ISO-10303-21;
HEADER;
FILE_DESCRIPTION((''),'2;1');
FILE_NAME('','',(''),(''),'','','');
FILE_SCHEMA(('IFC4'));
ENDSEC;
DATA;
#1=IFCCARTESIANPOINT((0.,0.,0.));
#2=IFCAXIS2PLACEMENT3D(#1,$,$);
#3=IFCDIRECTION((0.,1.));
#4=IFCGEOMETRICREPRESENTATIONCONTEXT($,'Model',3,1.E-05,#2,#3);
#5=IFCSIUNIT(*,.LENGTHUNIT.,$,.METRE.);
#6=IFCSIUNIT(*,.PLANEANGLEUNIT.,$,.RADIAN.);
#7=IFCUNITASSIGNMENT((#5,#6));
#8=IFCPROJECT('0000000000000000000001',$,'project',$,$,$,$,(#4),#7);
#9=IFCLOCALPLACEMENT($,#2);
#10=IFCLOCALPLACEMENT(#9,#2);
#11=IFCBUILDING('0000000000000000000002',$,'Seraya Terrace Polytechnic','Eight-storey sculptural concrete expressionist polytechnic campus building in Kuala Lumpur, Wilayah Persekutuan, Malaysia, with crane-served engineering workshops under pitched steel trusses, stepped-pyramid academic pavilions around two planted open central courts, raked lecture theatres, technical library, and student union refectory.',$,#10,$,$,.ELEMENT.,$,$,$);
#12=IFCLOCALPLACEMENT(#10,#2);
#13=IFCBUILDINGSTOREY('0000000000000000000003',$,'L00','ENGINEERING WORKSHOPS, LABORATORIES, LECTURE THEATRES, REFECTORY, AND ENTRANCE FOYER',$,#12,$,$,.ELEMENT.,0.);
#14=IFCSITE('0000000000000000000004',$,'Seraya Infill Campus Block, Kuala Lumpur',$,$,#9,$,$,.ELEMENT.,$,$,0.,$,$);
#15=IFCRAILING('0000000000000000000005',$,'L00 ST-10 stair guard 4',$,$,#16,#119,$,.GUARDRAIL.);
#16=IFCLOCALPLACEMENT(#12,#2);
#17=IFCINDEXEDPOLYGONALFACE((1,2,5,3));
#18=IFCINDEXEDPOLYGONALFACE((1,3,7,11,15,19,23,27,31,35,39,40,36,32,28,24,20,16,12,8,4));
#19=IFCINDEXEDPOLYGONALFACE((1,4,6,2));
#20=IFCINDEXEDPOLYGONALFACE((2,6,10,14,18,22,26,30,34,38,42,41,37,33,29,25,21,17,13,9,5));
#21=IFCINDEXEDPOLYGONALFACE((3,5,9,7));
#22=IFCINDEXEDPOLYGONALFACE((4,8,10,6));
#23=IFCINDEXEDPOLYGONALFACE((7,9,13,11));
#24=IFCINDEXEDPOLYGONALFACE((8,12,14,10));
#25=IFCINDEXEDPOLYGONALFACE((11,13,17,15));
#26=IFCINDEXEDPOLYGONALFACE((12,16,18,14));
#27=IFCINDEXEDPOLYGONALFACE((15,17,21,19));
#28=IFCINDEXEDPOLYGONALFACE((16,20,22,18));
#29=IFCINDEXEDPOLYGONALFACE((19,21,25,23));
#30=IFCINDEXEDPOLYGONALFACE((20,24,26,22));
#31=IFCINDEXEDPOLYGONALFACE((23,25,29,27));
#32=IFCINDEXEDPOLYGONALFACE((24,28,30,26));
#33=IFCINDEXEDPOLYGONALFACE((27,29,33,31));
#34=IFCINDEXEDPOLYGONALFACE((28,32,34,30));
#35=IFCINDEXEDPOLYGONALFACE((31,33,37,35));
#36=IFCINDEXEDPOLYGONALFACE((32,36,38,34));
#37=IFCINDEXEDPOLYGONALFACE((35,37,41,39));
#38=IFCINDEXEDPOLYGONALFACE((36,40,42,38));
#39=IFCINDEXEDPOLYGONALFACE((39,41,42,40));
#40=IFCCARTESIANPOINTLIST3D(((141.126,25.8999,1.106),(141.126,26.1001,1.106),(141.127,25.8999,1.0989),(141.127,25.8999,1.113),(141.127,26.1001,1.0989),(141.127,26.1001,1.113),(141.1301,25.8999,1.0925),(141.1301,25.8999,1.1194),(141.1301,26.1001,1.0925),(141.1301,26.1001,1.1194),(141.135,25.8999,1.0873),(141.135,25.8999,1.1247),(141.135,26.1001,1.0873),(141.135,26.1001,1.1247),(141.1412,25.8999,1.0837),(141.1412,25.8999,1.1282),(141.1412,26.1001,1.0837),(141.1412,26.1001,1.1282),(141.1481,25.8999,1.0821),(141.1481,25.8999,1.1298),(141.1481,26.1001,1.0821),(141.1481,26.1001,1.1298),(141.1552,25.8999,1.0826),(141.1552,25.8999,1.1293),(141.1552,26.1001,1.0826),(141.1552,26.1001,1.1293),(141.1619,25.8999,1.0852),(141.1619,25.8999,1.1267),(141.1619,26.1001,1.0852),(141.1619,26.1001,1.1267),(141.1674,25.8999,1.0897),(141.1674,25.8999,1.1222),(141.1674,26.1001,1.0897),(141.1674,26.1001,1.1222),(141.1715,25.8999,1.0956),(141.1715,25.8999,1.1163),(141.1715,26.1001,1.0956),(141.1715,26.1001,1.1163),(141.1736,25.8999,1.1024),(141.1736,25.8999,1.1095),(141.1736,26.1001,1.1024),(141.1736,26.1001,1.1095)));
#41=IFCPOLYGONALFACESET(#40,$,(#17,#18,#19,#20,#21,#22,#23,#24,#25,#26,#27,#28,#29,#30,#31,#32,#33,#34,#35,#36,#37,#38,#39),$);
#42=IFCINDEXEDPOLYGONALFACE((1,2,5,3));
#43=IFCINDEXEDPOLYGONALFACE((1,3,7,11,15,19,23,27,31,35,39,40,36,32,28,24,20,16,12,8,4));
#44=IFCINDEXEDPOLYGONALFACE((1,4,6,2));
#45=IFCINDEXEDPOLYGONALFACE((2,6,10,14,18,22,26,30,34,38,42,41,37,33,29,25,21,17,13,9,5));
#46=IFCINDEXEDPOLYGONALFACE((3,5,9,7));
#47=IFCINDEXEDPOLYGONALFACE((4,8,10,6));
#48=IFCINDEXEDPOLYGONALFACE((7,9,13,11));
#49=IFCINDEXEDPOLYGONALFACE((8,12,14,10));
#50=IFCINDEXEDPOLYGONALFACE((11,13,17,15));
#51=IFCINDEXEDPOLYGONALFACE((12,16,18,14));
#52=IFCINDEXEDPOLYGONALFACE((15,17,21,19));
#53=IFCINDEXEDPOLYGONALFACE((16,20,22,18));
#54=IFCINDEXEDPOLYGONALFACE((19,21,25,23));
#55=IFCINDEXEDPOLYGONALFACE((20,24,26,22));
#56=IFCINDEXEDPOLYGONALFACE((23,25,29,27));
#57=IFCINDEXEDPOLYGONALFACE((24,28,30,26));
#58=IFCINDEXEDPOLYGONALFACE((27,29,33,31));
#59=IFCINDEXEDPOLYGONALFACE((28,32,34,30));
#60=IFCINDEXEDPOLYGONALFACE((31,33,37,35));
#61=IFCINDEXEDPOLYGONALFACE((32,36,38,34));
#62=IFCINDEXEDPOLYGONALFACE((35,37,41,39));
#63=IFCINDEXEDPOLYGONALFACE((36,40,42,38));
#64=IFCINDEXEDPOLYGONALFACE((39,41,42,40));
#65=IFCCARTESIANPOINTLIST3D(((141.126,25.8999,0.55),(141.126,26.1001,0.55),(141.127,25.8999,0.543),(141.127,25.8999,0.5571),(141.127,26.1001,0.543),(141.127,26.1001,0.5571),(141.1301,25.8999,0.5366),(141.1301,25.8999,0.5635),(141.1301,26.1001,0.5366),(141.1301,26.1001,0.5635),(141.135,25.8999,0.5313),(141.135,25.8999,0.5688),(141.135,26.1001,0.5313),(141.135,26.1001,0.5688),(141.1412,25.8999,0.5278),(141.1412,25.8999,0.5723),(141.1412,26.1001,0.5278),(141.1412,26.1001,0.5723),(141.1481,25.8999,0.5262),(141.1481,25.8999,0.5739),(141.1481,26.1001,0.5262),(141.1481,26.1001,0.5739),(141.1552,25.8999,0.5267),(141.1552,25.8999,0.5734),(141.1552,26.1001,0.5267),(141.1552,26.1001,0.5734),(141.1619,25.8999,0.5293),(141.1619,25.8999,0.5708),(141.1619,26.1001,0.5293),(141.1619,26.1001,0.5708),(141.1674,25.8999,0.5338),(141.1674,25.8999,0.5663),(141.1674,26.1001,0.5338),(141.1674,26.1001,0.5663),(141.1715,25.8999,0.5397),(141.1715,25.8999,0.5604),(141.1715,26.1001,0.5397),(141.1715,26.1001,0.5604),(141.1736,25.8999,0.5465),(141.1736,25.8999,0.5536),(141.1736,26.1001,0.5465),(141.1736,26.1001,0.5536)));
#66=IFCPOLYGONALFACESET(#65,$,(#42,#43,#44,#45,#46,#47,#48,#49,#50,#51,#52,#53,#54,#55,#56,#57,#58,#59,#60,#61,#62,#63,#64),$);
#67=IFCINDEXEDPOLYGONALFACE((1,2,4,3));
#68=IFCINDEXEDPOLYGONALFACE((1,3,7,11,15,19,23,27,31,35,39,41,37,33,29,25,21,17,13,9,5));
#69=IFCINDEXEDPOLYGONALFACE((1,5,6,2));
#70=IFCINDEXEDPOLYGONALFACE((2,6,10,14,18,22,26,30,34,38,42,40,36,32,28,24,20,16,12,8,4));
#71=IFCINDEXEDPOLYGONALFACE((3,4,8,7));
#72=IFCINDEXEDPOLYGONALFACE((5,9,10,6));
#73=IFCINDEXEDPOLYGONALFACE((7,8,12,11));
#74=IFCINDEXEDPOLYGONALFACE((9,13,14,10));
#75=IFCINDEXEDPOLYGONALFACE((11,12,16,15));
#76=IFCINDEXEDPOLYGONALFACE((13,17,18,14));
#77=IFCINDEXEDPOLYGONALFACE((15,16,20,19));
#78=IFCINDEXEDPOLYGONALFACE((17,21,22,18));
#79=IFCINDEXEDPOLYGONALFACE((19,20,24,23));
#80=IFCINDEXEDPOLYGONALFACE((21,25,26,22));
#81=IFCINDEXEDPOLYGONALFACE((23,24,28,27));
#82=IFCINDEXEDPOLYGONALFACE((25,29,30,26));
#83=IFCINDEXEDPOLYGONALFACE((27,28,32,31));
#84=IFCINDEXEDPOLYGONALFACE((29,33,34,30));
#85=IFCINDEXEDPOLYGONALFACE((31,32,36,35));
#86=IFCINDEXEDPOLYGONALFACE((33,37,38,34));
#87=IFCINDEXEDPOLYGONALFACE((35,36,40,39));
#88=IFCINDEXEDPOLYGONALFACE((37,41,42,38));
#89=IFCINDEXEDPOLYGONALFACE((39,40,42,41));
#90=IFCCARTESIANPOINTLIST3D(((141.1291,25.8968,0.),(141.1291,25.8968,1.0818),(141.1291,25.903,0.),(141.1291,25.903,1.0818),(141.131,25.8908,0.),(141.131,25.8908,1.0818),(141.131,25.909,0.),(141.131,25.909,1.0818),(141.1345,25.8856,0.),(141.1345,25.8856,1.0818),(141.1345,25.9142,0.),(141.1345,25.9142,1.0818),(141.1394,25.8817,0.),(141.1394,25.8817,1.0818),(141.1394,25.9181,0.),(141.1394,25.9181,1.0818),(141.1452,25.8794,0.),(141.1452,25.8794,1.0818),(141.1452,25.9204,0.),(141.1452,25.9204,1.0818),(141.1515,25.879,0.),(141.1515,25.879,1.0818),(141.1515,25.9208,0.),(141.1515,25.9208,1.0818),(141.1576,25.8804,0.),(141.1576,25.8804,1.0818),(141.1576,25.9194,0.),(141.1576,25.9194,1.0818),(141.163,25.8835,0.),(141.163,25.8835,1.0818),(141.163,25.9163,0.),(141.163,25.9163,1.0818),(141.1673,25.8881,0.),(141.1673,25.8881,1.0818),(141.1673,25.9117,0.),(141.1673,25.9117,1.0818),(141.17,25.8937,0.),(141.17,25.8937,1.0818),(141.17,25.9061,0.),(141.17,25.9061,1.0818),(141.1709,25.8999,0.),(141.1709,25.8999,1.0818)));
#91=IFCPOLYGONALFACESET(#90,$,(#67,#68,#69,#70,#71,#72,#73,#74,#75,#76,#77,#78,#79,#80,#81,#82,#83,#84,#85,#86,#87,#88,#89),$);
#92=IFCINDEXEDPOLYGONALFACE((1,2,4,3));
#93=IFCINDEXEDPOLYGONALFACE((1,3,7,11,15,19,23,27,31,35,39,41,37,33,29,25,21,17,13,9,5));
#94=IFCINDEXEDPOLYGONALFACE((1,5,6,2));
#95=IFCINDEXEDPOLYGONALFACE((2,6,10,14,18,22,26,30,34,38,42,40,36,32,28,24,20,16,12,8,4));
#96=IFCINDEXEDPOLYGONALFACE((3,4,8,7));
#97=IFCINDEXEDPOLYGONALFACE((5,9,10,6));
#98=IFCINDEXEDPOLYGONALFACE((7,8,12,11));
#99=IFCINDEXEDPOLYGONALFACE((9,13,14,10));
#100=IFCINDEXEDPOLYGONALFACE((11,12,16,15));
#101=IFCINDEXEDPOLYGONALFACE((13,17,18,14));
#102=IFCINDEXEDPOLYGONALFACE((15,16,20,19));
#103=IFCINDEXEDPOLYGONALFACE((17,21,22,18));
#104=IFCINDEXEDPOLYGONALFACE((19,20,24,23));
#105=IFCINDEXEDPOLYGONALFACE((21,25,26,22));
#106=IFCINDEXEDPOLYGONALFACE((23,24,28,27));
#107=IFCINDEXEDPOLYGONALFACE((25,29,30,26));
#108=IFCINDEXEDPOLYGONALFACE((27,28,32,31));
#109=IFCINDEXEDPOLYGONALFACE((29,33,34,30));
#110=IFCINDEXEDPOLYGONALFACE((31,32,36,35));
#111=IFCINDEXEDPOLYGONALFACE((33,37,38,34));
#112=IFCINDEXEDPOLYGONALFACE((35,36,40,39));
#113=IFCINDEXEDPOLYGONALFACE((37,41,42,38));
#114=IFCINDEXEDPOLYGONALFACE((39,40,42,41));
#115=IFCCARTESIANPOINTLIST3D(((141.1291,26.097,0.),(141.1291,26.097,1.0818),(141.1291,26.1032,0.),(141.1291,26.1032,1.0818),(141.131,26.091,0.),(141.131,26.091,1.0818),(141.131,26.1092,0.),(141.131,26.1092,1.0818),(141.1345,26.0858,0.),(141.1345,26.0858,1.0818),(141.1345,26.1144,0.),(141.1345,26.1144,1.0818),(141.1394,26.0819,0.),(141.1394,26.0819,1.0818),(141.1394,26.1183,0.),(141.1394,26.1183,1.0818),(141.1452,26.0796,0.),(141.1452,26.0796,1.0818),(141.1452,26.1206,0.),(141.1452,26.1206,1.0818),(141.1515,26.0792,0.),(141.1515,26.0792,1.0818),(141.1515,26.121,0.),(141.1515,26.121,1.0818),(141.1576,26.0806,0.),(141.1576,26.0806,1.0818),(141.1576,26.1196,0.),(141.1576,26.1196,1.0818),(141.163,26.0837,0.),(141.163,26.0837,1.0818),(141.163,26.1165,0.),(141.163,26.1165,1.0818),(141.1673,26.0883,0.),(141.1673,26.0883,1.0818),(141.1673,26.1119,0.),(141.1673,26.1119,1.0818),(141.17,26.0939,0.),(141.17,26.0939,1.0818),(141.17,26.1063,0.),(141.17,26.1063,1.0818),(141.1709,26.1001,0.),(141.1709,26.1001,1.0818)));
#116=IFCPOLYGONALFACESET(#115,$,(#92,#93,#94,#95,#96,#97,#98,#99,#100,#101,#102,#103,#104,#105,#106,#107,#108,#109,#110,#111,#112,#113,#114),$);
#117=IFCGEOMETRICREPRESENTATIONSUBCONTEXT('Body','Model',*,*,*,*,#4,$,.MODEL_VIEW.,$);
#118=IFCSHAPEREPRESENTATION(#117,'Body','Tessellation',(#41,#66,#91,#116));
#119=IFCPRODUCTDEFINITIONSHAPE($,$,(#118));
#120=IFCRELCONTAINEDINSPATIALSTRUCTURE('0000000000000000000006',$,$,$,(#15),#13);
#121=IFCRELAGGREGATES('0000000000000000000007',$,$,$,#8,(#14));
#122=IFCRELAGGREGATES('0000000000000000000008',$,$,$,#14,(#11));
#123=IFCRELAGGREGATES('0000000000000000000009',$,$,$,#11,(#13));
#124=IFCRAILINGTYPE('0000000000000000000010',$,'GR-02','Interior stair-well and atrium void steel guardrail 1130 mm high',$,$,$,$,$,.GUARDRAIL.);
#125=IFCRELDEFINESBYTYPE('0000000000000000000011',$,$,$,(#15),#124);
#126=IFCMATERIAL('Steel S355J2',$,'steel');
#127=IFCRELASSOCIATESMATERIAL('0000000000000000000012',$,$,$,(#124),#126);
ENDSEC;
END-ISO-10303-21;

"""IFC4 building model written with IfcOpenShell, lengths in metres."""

from ifc_helpers import new_model, si_unit, direction, frame, origin, origin_2d, place, context, subcontext, project, spatial, circle, extrude, material, type_object, element, save


model = new_model("IFC4")

# Units and contexts
model_context = context("Model", 3, precision=1e-05, world=origin(), true_north=direction((0.0, 1.0)))
body_context = subcontext(model_context, "Body", "Model", "MODEL_VIEW")
ifc_project = project(units=[si_unit("LENGTHUNIT", "METRE"), si_unit("PLANEANGLEUNIT", "RADIAN")], contexts=[model_context])

# Site, building, storey
site_placement = place(None, origin())
site = spatial("IfcSite", under=ifc_project, at=site_placement, Name="Seraya Infill Campus Block, Kuala Lumpur", CompositionType="ELEMENT", RefElevation=0.0)
building_placement = place(site_placement, origin())
building = spatial("IfcBuilding", under=site, at=building_placement, Name="Seraya Terrace Polytechnic", Description="Eight-storey sculptural concrete expressionist polytechnic campus building in Kuala Lumpur, Wilayah Persekutuan, Malaysia, with crane-served engineering workshops under pitched steel trusses, stepped-pyramid academic pavilions around two planted open central courts, raked lecture theatres, technical library, and student union refectory.", CompositionType="ELEMENT")
storey_placement = place(building_placement, origin())
storey = spatial("IfcBuildingStorey", under=building, at=storey_placement, Name="L00", Description="ENGINEERING WORKSHOPS, LABORATORIES, LECTURE THEATRES, REFECTORY, AND ENTRANCE FOYER", CompositionType="ELEMENT", Elevation=0.0)

# Shared definitions
ifc_material_1 = material(Name="Steel S355J2", Category="steel")

# Railing
railing_type_1 = type_object("IfcRailingType", Name="GR-02", Description="Interior stair-well and atrium void steel guardrail 1130 mm high", PredefinedType="GUARDRAIL", material=ifc_material_1)
railing_1_placement = place(storey_placement, frame((141.1499, 25.8999, 0.0)))
element("IfcRailing", 1, at=railing_1_placement, inside=storey, type_object=railing_type_1, Name="L00 ST-10 stair guard 4", PredefinedType="GUARDRAIL", context=body_context, shape_type="SweptSolid", body=[
    extrude(circle(Radius=0.0239, at=origin_2d()), frame((0.0, 0.0, 1.106), z_axis=(0.0, 1.0, 0.0), x_axis=(-1.0, 0.0, 0.0)), (0.0, 0.0, 1.0), 0.2002),
    extrude(circle(Radius=0.0239, at=origin_2d()), frame((0.0, 0.0, 0.55), z_axis=(0.0, 1.0, 0.0), x_axis=(-1.0, 0.0, 0.0)), (0.0, 0.0, 1.0), 0.2002),
    extrude(circle(Radius=0.021, at=origin_2d()), origin(), (0.0, 0.0, 1.0), 1.0818),
    extrude(circle(Radius=0.021, at=origin_2d()), frame((0.0, 0.2002, 0.0)), (0.0, 0.0, 1.0), 1.0818),
])

save(model, "model.ifc")
